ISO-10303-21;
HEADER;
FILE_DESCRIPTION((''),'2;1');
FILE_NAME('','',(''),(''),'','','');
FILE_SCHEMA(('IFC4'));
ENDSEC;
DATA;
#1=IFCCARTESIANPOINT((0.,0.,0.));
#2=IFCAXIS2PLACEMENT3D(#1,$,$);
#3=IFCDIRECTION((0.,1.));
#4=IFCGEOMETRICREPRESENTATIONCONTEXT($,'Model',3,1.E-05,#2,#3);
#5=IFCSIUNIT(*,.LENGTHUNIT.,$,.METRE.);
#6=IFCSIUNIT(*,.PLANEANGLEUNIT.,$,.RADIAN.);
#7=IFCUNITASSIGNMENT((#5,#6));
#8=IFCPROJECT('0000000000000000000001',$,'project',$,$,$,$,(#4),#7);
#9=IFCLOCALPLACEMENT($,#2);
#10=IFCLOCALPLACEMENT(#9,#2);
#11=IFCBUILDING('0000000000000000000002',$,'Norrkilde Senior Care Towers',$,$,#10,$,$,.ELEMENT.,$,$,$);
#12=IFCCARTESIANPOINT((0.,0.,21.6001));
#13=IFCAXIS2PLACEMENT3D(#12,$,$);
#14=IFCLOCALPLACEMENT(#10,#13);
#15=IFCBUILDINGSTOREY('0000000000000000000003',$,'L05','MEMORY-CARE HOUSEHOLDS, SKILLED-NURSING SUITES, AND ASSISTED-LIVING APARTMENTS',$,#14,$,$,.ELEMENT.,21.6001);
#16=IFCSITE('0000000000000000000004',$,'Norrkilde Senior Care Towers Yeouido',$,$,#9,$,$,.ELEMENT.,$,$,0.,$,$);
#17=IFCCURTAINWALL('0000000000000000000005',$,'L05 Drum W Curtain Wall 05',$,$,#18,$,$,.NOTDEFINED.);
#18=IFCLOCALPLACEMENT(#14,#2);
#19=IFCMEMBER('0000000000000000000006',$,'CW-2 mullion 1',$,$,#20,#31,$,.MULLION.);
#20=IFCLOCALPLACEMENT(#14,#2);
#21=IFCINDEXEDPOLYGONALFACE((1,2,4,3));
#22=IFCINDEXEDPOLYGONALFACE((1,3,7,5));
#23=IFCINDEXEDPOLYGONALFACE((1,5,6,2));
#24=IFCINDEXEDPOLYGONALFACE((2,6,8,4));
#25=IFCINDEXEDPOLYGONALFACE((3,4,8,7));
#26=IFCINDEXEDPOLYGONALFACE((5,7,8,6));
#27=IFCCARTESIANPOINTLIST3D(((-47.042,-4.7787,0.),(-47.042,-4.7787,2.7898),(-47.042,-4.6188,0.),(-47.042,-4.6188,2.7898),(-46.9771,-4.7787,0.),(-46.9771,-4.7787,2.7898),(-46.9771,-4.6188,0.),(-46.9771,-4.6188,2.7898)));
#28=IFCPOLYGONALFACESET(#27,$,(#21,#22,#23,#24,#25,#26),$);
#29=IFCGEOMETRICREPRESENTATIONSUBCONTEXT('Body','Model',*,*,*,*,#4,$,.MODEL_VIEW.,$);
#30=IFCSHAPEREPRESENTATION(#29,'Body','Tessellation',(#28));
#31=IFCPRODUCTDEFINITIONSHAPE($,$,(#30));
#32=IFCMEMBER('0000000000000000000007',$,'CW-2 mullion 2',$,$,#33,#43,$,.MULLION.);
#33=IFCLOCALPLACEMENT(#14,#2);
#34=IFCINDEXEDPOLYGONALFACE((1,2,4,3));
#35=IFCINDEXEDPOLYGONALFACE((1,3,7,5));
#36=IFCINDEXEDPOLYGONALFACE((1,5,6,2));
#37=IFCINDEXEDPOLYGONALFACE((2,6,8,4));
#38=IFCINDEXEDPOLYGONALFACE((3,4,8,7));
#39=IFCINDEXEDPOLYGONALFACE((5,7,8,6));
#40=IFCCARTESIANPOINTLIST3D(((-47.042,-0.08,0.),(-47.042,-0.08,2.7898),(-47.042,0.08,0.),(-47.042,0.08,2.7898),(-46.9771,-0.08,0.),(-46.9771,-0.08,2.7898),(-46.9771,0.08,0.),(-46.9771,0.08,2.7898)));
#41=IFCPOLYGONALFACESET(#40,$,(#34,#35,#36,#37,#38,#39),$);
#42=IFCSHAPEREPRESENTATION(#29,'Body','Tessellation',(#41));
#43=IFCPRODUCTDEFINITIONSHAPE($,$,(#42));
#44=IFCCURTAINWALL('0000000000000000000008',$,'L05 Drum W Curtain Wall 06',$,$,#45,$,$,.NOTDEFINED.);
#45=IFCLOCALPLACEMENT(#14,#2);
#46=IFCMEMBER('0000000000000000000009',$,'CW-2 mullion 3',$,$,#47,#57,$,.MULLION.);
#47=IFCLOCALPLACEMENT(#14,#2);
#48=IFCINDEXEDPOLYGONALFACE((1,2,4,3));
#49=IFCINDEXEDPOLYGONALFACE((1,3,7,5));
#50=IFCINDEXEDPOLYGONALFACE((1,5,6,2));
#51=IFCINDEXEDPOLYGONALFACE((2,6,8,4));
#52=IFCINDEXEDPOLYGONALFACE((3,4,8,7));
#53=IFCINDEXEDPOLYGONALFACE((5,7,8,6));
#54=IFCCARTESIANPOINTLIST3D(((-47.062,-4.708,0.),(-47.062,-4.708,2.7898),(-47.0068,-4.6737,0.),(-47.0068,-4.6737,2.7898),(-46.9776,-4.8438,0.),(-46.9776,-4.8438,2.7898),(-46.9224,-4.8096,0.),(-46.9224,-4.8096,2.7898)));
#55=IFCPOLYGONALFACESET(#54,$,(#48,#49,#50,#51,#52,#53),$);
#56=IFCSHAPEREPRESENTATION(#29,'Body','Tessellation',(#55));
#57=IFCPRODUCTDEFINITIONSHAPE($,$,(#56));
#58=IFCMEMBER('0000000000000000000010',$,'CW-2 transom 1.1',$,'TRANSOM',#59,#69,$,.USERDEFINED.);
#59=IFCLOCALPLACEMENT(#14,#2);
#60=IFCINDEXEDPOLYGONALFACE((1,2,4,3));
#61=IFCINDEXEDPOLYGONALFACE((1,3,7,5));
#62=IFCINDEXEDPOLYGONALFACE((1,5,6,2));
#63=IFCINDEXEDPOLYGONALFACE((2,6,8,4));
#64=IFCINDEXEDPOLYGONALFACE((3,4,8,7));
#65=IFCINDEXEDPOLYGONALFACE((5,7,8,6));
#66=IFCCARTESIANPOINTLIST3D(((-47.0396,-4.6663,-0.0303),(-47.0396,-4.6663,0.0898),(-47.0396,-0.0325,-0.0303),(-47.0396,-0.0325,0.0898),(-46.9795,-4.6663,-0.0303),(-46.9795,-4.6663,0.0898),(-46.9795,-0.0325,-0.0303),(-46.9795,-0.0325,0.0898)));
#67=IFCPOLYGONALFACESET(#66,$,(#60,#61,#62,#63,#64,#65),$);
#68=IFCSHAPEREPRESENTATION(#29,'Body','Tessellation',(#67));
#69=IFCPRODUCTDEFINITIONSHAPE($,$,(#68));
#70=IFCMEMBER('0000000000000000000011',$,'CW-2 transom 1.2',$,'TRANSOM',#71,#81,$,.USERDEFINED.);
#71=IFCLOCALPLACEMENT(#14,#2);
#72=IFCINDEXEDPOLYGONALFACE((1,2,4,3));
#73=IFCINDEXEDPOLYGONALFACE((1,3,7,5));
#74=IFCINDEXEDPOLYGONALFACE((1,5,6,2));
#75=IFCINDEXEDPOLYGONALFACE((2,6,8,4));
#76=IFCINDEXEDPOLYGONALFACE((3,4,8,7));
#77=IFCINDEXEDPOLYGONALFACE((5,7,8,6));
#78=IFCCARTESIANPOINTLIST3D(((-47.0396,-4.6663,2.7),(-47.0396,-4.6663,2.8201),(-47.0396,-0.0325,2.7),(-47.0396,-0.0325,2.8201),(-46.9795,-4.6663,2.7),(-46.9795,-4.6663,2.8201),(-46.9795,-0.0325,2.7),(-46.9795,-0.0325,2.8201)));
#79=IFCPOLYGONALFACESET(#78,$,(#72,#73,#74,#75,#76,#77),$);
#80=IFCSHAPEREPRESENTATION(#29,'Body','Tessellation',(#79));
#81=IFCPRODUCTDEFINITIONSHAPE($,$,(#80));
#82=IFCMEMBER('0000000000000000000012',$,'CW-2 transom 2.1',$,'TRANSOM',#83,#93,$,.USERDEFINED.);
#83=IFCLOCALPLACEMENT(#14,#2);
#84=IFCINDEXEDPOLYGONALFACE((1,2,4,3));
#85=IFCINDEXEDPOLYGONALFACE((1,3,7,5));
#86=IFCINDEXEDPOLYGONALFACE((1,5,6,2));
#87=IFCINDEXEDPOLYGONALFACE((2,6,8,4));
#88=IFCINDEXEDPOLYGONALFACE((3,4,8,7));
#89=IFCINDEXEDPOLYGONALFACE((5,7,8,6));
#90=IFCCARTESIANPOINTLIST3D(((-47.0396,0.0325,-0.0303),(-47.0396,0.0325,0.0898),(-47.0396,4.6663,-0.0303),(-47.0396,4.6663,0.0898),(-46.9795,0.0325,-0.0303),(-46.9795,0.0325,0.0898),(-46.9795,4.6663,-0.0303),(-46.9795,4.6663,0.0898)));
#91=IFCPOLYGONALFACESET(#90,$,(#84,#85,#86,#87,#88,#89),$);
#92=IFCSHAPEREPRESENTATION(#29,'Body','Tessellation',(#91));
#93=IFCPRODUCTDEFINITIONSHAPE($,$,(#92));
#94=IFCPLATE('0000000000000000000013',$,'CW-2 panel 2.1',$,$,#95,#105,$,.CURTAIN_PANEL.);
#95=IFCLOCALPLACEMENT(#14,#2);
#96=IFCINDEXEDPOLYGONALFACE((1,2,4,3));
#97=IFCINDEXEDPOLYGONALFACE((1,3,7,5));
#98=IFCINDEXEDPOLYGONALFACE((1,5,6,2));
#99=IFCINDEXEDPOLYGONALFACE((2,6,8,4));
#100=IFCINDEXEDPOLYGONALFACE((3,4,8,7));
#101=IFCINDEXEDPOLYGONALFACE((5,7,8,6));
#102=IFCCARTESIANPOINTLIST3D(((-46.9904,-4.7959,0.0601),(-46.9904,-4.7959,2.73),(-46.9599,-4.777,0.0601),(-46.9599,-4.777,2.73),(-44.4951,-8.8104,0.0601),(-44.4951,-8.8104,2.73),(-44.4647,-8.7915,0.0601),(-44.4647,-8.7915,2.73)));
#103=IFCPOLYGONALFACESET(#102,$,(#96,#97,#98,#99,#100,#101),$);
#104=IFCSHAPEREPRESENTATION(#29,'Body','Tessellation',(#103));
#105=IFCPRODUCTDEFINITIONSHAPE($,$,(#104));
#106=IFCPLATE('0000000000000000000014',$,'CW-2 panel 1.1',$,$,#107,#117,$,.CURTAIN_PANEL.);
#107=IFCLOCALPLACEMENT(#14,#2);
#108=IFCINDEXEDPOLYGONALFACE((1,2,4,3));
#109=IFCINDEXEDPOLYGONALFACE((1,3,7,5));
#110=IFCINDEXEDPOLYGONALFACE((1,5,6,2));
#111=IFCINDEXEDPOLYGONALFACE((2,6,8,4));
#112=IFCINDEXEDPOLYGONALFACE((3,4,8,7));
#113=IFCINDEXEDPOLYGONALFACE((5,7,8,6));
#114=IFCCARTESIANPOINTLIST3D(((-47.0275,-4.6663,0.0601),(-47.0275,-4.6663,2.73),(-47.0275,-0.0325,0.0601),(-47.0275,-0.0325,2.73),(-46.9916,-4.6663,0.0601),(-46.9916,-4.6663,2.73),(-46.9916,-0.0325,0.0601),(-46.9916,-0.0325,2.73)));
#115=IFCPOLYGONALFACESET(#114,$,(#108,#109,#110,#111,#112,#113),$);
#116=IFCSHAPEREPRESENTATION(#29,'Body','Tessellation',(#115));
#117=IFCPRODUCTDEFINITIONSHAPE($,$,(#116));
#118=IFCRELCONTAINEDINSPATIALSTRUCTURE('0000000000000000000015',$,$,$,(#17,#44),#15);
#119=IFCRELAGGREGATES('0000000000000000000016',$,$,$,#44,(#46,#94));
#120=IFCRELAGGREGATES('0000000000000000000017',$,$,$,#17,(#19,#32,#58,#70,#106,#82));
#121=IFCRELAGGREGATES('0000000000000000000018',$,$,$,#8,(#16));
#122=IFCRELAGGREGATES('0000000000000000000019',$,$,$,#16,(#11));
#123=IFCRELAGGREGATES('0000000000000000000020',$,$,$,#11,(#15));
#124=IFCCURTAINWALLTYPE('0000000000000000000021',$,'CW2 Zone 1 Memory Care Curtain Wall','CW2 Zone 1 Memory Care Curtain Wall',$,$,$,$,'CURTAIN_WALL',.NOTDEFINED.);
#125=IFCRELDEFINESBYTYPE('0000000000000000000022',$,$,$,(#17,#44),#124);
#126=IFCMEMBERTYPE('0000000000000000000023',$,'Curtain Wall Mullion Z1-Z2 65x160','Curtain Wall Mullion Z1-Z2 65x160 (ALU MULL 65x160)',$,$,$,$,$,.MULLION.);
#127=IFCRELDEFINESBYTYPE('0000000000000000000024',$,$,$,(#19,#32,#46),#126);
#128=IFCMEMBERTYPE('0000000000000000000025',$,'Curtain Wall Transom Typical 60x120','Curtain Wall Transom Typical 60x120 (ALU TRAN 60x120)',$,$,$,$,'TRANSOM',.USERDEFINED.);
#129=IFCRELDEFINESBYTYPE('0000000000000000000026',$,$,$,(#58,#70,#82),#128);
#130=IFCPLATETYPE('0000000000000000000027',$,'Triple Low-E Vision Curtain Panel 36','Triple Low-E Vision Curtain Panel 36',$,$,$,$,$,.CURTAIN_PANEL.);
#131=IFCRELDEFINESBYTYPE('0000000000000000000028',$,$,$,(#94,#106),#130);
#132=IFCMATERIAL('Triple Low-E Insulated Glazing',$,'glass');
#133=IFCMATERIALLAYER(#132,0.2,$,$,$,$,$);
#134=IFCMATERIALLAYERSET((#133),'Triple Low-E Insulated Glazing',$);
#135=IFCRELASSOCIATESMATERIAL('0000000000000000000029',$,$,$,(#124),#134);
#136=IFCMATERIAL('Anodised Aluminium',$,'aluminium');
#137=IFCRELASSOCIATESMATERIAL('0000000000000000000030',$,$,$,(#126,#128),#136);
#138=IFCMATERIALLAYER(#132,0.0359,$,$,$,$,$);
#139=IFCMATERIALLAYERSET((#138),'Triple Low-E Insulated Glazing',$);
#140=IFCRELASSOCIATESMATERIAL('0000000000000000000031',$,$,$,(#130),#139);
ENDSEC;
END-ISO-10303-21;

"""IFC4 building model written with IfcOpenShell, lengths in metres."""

from ifc_helpers import new_model, si_unit, direction, frame, origin, origin_2d, place, context, subcontext, project, spatial, rectangle, extrude, source, transform, mapped, material, layer, layer_set, material_profile, profile_set, type_object, type_shapes, element, aggregate, save


model = new_model("IFC4")

# Units and contexts
model_context = context("Model", 3, precision=1e-05, world=origin(), true_north=direction((0.0, 1.0)))
body_context = subcontext(model_context, "Body", "Model", "MODEL_VIEW")
ifc_project = project(units=[si_unit("LENGTHUNIT", "METRE"), si_unit("PLANEANGLEUNIT", "RADIAN")], contexts=[model_context])

# Site, building, storey
site_placement = place(None, origin())
site = spatial("IfcSite", under=ifc_project, at=site_placement, Name="Norrkilde Senior Care Towers Yeouido", CompositionType="ELEMENT", RefElevation=0.0)
building_placement = place(site_placement, origin())
building = spatial("IfcBuilding", under=site, at=building_placement, Name="Norrkilde Senior Care Towers", CompositionType="ELEMENT")
storey_placement = place(building_placement, frame((0.0, 0.0, 21.6001)))
storey = spatial("IfcBuildingStorey", under=building, at=storey_placement, Name="L05", Description="MEMORY-CARE HOUSEHOLDS, SKILLED-NURSING SUITES, AND ASSISTED-LIVING APARTMENTS", CompositionType="ELEMENT", Elevation=21.6001)

# Curtain wall, members
ifc_material_1 = material(Name="Triple Low-E Insulated Glazing", Category="glass")
ifc_layer_1 = layer(ifc_material_1, 0.2)
ifc_layer_set_1 = layer_set([ifc_layer_1], Name="Triple Low-E Insulated Glazing")
curtain_wall_type = type_object("IfcCurtainWallType", Name="CW2 Zone 1 Memory Care Curtain Wall", Description="CW2 Zone 1 Memory Care Curtain Wall", ElementType="CURTAIN_WALL", PredefinedType="NOTDEFINED", material=ifc_layer_set_1)
curtain_wall_1_placement = place(storey_placement, origin())
curtain_wall_1 = element("IfcCurtainWall", 1, at=curtain_wall_1_placement, inside=storey, type_object=curtain_wall_type, Name="L05 Drum W Curtain Wall 05", PredefinedType="NOTDEFINED")
ifc_material_2 = material(Name="Anodised Aluminium", Category="aluminium")
ifc_material_profile_1 = material_profile(ifc_material_2, rectangle(XDim=0.0649, YDim=0.1599, at=origin_2d()), Name="ALU MULL 65x160")
ifc_profile_set_1 = profile_set([ifc_material_profile_1], Name="Anodised Aluminium")
member_type_1 = type_object("IfcMemberType", Name="Curtain Wall Mullion Z1-Z2 65x160", Description="Curtain Wall Mullion Z1-Z2 65x160 (ALU MULL 65x160)", PredefinedType="MULLION", material=ifc_profile_set_1)
shared_shape_1 = source(origin(), body_context, "Body", "SweptSolid", [
    extrude(rectangle(XDim=0.0649, YDim=0.1599, at=origin_2d()), origin(), (0.0, 0.0, 1.0), 2.7898),
])
type_shapes(member_type_1, [shared_shape_1])
member_1_placement = place(storey_placement, frame((-47.0095, -4.6987, 0.0), z_axis=(0.0, 0.0, 1.0), x_axis=(-1.0, 0.0, 0.0)))
member_1 = element("IfcMember", 2, at=member_1_placement, type_object=member_type_1, Name="CW-2 mullion 1", PredefinedType="MULLION", context=body_context, shape_type="MappedRepresentation", body=[
    mapped(shared_shape_1, transform((0.0, 0.0, 0.0), x_axis=(1.0, 0.0, 0.0), y_axis=(0.0, 1.0, 0.0), z_axis=(0.0, 0.0, 1.0), scale=1.0)),
])
member_2_placement = place(storey_placement, frame((-47.0095, 0.0, 0.0), z_axis=(0.0, 0.0, 1.0), x_axis=(-1.0, 0.0, 0.0)))
member_2 = element("IfcMember", 3, at=member_2_placement, type_object=member_type_1, Name="CW-2 mullion 2", PredefinedType="MULLION", context=body_context, shape_type="MappedRepresentation", body=[
    mapped(shared_shape_1, transform((0.0, 0.0, 0.0), x_axis=(1.0, 0.0, 0.0), y_axis=(0.0, 1.0, 0.0), z_axis=(0.0, 0.0, 1.0), scale=1.0)),
])

# Curtain wall, member
curtain_wall_2_placement = place(storey_placement, origin())
curtain_wall_2 = element("IfcCurtainWall", 4, at=curtain_wall_2_placement, inside=storey, type_object=curtain_wall_type, Name="L05 Drum W Curtain Wall 06", PredefinedType="NOTDEFINED")
member_3_placement = place(storey_placement, frame((-46.9922, -4.7588, 0.0), z_axis=(0.0, 0.0, 1.0), x_axis=(-0.849306, -0.527901, 0.0)))
member_3 = element("IfcMember", 5, at=member_3_placement, type_object=member_type_1, Name="CW-2 mullion 3", PredefinedType="MULLION", context=body_context, shape_type="MappedRepresentation", body=[
    mapped(shared_shape_1, transform((0.0, 0.0, 0.0), x_axis=(1.0, 0.0, 0.0), y_axis=(0.0, 1.0, 0.0), z_axis=(0.0, 0.0, 1.0), scale=1.0)),
])

# Members
ifc_material_profile_2 = material_profile(ifc_material_2, rectangle(XDim=0.0601, YDim=0.1201, at=origin_2d()), Name="ALU TRAN 60x120")
ifc_profile_set_2 = profile_set([ifc_material_profile_2], Name="Anodised Aluminium")
member_type_2 = type_object("IfcMemberType", Name="Curtain Wall Transom Typical 60x120", Description="Curtain Wall Transom Typical 60x120 (ALU TRAN 60x120)", ElementType="TRANSOM", PredefinedType="USERDEFINED", material=ifc_profile_set_2)
shared_shape_2 = source(origin(), body_context, "Body", "SweptSolid", [
    extrude(rectangle(XDim=0.0601, YDim=0.1201, at=origin_2d()), origin(), (0.0, 0.0, 1.0), 4.6338),
])
type_shapes(member_type_2, [shared_shape_2])
member_4_placement = place(storey_placement, frame((-47.0095, -4.6663, 0.0298), z_axis=(0.0, 1.0, 0.0), x_axis=(-1.0, 0.0, 0.0)))
member_4 = element("IfcMember", 6, at=member_4_placement, type_object=member_type_2, Name="CW-2 transom 1.1", ObjectType="TRANSOM", PredefinedType="USERDEFINED", context=body_context, shape_type="MappedRepresentation", body=[
    mapped(shared_shape_2, transform((0.0, 0.0, 0.0), x_axis=(1.0, 0.0, 0.0), y_axis=(0.0, 1.0, 0.0), z_axis=(0.0, 0.0, 1.0), scale=1.0)),
])
member_5_placement = place(storey_placement, frame((-47.0095, -4.6663, 2.76), z_axis=(0.0, 1.0, 0.0), x_axis=(-1.0, 0.0, 0.0)))
member_5 = element("IfcMember", 7, at=member_5_placement, type_object=member_type_2, Name="CW-2 transom 1.2", ObjectType="TRANSOM", PredefinedType="USERDEFINED", context=body_context, shape_type="MappedRepresentation", body=[
    mapped(shared_shape_2, transform((0.0, 0.0, 0.0), x_axis=(1.0, 0.0, 0.0), y_axis=(0.0, 1.0, 0.0), z_axis=(0.0, 0.0, 1.0), scale=1.0)),
])
member_6_placement = place(storey_placement, frame((-47.0095, 0.0325, 0.0298), z_axis=(0.0, 1.0, 0.0), x_axis=(-1.0, 0.0, 0.0)))
member_6 = element("IfcMember", 8, at=member_6_placement, type_object=member_type_2, Name="CW-2 transom 2.1", ObjectType="TRANSOM", PredefinedType="USERDEFINED", context=body_context, shape_type="MappedRepresentation", body=[
    mapped(shared_shape_2, transform((0.0, 0.0, 0.0), x_axis=(1.0, 0.0, 0.0), y_axis=(0.0, 1.0, 0.0), z_axis=(0.0, 0.0, 1.0), scale=1.0)),
])

# Plates
ifc_layer_2 = layer(ifc_material_1, 0.0359)
ifc_layer_set_2 = layer_set([ifc_layer_2], Name="Triple Low-E Insulated Glazing")
plate_type = type_object("IfcPlateType", Name="Triple Low-E Vision Curtain Panel 36", Description="Triple Low-E Vision Curtain Panel 36", PredefinedType="CURTAIN_PANEL", material=ifc_layer_set_2)
shared_shape_3 = source(origin(), body_context, "Body", "SweptSolid", [
    extrude(rectangle(XDim=4.7268, YDim=0.0359, at=origin_2d()), origin(), (0.0, 0.0, 1.0), 2.6699),
])
plate_1_placement = place(storey_placement, frame((-45.7275, -6.7937, 0.0601), z_axis=(0.0, 0.0, 1.0), x_axis=(-0.527901, 0.849306, 0.0)))
plate_1 = element("IfcPlate", 9, at=plate_1_placement, type_object=plate_type, Name="CW-2 panel 2.1", PredefinedType="CURTAIN_PANEL", context=body_context, shape_type="MappedRepresentation", body=[
    mapped(shared_shape_3, transform((0.0, 0.0, 0.0), x_axis=(1.0, 0.0, 0.0), y_axis=(0.0, 1.0, 0.0), z_axis=(0.0, 0.0, 1.0), scale=1.0)),
])
aggregate(curtain_wall_2, [member_3, plate_1])
shared_shape_4 = source(origin(), body_context, "Body", "SweptSolid", [
    extrude(rectangle(XDim=4.6338, YDim=0.0359, at=origin_2d()), origin(), (0.0, 0.0, 1.0), 2.6699),
])
type_shapes(plate_type, [shared_shape_3, shared_shape_4])
plate_2_placement = place(storey_placement, frame((-47.0095, -2.3494, 0.0601), z_axis=(0.0, 0.0, 1.0), x_axis=(0.0, 1.0, 0.0)))
plate_2 = element("IfcPlate", 10, at=plate_2_placement, type_object=plate_type, Name="CW-2 panel 1.1", PredefinedType="CURTAIN_PANEL", context=body_context, shape_type="MappedRepresentation", body=[
    mapped(shared_shape_4, transform((0.0, 0.0, 0.0), x_axis=(1.0, 0.0, 0.0), y_axis=(0.0, 1.0, 0.0), z_axis=(0.0, 0.0, 1.0), scale=1.0)),
])
aggregate(curtain_wall_1, [member_1, member_2, member_4, member_5, plate_2, member_6])

save(model, "model.ifc")
